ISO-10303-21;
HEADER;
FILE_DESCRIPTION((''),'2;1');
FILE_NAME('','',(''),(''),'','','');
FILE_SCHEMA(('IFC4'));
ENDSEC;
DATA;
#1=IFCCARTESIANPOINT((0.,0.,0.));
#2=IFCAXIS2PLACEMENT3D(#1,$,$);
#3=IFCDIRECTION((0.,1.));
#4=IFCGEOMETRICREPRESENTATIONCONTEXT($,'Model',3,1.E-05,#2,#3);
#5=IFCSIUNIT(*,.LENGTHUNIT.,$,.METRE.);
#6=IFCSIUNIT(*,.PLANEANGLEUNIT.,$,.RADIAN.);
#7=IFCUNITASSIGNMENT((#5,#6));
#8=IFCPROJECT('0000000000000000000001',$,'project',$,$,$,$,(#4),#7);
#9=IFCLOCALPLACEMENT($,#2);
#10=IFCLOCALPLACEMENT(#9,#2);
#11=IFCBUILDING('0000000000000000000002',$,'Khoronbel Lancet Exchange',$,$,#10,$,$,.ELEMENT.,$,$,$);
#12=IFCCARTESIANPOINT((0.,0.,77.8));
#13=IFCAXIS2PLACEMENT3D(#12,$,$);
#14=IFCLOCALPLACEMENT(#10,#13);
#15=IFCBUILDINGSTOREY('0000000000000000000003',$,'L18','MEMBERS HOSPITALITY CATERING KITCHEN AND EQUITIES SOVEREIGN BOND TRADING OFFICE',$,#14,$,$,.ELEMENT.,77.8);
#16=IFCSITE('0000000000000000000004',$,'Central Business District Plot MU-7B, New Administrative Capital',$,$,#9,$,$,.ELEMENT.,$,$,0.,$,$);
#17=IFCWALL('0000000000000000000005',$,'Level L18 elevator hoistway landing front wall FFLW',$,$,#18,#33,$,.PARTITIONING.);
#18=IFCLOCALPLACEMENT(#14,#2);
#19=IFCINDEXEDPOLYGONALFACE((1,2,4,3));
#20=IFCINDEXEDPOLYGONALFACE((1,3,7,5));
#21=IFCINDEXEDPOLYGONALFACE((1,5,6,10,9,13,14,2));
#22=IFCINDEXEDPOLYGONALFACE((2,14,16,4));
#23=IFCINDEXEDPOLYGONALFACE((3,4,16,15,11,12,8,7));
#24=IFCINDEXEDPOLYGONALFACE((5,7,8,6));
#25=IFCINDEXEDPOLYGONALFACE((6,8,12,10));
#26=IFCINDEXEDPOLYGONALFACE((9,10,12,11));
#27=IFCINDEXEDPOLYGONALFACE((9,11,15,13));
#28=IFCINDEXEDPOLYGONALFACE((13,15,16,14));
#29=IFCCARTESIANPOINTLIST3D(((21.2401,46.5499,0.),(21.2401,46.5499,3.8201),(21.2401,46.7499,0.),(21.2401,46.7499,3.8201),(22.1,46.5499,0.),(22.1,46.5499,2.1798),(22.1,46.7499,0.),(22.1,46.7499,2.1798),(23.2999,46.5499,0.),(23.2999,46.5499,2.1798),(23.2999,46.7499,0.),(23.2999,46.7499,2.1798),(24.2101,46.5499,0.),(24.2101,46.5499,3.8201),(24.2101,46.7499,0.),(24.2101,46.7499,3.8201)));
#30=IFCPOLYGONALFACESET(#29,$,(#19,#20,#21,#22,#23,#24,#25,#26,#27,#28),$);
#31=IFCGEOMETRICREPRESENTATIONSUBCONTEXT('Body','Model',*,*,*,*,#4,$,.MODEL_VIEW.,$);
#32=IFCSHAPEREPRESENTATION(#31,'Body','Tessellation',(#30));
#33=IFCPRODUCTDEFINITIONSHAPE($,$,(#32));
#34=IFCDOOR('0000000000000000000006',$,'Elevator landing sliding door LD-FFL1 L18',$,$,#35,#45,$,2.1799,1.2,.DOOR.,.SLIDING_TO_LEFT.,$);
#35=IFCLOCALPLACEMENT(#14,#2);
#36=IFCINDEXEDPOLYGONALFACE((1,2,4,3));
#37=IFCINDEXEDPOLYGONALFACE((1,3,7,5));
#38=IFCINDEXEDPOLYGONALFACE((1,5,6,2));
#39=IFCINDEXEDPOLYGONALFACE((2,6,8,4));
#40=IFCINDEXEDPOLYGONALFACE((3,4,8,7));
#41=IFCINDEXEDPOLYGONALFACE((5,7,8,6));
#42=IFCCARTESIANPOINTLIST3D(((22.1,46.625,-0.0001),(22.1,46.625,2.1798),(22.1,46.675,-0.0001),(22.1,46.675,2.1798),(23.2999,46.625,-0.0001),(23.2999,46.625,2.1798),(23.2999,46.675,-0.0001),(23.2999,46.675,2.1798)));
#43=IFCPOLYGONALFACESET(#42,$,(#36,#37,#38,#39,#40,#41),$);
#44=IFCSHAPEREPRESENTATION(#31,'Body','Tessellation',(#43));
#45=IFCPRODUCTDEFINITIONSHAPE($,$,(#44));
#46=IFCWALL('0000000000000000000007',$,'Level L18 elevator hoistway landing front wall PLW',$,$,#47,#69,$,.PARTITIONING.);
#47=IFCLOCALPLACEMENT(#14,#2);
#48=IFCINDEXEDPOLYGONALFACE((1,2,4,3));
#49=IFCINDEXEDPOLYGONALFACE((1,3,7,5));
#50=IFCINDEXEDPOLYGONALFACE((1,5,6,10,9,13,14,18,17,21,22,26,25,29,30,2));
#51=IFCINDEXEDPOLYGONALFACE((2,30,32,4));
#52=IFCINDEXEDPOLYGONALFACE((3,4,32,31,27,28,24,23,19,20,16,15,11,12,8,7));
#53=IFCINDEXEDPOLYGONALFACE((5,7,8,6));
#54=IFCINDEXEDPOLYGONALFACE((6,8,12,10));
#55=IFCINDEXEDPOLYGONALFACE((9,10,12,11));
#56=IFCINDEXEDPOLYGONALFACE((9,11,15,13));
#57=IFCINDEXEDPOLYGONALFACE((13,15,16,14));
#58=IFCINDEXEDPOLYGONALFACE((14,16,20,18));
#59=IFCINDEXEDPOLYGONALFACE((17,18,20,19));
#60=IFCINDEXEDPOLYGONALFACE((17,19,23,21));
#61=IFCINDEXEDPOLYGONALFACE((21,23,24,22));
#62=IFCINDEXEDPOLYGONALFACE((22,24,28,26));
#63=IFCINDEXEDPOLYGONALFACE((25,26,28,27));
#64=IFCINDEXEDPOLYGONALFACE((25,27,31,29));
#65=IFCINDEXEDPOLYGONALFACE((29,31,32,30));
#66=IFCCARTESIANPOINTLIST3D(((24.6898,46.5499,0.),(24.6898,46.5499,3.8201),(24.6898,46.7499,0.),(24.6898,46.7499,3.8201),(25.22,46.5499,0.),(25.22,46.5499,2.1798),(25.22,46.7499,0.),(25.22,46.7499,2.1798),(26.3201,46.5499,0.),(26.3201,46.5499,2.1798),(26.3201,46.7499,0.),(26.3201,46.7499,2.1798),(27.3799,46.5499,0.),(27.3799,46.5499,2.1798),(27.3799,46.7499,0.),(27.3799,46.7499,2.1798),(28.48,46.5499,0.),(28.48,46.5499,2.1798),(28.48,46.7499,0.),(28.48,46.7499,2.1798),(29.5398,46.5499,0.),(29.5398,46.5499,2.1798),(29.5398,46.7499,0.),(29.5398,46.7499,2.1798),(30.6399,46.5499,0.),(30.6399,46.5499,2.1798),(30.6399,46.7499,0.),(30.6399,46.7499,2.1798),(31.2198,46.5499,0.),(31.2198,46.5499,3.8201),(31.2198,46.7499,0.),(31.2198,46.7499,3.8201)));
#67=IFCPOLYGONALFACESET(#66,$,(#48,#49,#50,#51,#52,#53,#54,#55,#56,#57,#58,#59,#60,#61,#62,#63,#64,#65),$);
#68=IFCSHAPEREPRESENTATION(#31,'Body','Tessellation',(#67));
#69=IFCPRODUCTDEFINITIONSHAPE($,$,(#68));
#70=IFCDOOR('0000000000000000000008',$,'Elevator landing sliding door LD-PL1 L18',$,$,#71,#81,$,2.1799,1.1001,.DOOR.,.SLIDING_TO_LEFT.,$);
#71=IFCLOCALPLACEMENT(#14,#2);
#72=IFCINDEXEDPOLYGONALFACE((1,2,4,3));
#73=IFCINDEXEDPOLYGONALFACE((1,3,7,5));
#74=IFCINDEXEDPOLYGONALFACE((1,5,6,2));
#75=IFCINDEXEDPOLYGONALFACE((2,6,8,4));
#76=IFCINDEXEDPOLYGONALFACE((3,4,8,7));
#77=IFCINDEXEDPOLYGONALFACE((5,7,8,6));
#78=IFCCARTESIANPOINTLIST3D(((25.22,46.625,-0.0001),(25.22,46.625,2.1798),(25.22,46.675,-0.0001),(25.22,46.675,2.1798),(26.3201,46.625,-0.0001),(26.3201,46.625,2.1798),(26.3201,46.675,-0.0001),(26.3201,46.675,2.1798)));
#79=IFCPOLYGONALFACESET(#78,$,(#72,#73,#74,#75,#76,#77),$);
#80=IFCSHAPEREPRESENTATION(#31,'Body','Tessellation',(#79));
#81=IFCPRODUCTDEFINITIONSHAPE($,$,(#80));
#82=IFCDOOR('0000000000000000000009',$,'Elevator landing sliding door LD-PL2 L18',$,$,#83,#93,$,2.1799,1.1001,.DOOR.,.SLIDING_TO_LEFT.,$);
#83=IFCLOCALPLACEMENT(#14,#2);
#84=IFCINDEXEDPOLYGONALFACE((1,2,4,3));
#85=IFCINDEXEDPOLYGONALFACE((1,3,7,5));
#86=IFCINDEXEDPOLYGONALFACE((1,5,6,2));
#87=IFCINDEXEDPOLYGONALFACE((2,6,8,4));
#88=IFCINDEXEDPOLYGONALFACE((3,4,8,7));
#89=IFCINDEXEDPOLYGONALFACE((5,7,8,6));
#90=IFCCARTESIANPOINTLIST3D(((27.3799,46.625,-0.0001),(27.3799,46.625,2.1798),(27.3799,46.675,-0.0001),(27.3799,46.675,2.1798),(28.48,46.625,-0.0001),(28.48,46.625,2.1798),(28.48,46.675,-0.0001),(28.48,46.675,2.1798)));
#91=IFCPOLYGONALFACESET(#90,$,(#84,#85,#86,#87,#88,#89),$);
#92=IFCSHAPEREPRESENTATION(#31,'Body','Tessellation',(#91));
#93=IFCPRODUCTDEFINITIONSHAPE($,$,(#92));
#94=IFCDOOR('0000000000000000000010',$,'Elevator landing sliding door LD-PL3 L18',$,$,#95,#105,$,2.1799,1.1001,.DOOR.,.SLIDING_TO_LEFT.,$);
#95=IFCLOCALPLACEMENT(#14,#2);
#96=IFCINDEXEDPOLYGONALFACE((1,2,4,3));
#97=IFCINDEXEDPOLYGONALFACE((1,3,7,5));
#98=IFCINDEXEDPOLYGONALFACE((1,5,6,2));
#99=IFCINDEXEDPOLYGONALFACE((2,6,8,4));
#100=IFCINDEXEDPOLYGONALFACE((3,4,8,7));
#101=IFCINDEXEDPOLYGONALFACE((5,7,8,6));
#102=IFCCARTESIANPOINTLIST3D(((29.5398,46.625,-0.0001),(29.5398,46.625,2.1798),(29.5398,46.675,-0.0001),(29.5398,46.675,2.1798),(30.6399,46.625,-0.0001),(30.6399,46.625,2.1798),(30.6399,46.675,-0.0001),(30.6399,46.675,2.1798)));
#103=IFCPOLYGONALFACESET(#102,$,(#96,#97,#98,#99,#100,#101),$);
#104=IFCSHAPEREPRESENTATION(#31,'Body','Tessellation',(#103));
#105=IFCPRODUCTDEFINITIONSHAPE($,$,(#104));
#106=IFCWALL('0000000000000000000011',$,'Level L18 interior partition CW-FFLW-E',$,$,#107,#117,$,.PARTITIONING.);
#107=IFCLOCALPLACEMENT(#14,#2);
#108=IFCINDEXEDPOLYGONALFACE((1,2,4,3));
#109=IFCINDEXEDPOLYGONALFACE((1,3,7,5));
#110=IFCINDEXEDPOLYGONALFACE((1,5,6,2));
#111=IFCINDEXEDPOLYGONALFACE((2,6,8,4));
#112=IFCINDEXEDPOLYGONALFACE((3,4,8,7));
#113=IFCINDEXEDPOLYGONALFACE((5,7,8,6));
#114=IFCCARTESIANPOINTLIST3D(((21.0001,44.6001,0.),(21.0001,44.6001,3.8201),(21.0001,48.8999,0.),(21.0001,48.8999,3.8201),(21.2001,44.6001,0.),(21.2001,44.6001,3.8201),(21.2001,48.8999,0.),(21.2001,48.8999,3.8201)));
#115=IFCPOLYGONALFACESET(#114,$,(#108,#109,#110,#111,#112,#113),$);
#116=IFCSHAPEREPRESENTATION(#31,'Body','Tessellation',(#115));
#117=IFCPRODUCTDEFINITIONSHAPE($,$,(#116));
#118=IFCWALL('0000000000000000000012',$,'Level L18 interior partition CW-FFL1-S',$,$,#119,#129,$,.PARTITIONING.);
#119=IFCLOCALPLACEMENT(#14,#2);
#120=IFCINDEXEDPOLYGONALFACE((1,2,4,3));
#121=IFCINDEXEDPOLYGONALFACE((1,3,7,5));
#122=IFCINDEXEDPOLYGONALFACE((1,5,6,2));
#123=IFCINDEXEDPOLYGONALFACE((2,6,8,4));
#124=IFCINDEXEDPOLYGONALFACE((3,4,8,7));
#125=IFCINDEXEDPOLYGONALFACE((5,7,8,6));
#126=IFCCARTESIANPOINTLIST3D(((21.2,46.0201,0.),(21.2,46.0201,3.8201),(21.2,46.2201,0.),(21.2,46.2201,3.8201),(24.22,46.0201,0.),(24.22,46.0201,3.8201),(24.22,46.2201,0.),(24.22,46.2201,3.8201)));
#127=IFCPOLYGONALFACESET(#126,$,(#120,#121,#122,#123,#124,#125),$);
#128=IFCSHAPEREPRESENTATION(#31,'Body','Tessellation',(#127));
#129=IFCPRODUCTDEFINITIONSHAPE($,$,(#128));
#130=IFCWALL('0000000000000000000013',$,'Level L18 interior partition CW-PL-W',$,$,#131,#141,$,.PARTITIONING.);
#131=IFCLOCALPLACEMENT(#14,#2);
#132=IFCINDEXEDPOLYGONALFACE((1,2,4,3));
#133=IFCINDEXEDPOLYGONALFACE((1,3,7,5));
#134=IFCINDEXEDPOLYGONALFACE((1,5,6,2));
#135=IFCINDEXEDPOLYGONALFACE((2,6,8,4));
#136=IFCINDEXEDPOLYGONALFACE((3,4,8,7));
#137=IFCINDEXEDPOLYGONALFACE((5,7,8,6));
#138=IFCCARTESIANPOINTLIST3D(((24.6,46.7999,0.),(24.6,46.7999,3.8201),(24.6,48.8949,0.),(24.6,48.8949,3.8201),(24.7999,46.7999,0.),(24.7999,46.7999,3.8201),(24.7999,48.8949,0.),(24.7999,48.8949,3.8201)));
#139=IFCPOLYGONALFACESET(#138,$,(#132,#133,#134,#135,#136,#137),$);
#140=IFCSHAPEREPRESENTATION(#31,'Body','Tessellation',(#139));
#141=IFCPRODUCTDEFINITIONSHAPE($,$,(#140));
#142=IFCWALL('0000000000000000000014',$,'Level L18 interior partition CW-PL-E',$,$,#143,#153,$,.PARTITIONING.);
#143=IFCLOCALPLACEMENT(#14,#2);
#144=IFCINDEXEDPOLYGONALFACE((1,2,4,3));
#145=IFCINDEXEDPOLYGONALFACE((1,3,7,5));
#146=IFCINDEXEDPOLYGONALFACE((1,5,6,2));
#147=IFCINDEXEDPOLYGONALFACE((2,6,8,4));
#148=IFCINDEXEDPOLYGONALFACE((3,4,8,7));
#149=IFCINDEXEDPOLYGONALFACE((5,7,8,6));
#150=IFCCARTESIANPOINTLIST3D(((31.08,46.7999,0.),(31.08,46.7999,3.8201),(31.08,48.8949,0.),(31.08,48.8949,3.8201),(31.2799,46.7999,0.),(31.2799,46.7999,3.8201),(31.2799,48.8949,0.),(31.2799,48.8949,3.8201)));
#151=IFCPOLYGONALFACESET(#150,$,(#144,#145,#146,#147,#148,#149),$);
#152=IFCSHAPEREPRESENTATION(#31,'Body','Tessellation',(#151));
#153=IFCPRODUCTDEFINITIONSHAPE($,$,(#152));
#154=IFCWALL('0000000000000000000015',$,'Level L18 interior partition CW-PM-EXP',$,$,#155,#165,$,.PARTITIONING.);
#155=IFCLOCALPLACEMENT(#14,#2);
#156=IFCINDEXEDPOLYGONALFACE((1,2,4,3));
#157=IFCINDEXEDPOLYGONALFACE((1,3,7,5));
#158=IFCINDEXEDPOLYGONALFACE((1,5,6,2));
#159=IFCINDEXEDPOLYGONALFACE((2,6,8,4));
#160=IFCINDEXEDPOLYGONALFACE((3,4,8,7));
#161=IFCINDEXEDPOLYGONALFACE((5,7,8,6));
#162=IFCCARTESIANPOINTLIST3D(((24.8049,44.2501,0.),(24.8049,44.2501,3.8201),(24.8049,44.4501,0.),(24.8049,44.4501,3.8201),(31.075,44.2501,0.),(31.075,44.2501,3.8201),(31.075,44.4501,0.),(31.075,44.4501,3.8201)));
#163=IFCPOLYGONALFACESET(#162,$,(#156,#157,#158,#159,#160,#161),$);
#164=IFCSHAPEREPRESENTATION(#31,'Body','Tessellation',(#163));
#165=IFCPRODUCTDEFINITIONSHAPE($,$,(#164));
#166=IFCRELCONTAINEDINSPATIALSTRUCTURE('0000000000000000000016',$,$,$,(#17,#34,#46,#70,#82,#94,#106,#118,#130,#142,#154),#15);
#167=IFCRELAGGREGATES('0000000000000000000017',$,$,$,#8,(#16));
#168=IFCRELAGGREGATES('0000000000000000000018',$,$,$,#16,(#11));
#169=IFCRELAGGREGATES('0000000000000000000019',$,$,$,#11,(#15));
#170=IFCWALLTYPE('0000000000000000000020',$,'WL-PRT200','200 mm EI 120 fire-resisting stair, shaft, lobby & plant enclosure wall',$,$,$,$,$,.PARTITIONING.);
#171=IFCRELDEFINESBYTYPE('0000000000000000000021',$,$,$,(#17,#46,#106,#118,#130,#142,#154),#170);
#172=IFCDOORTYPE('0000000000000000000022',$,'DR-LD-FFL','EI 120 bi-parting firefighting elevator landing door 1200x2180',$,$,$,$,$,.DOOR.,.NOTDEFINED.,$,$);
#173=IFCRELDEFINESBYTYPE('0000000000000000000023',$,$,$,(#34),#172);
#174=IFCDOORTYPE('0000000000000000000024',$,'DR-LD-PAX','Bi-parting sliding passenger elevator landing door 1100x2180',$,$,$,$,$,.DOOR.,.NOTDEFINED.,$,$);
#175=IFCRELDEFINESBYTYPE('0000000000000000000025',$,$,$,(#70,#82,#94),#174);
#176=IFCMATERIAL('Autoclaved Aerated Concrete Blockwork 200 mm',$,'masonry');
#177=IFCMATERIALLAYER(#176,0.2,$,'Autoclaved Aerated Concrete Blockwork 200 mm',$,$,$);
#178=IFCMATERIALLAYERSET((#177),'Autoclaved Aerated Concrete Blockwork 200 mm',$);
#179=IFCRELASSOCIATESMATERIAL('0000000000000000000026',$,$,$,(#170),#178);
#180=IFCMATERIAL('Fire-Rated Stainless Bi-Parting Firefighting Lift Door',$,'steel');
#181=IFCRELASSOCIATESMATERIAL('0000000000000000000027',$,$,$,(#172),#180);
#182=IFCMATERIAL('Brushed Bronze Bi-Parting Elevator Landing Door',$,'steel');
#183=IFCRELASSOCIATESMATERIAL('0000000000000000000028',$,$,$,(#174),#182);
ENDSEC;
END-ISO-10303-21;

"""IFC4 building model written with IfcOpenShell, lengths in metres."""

from ifc_helpers import new_model, si_unit, direction, frame, frame_2d, origin, place, context, subcontext, project, spatial, rectangle, extrude, material, layer, layer_set, type_object, element, fill, save


model = new_model("IFC4")

# Units and contexts
model_context = context("Model", 3, precision=1e-05, world=origin(), true_north=direction((0.0, 1.0)))
body_context = subcontext(model_context, "Body", "Model", "MODEL_VIEW")
ifc_project = project(units=[si_unit("LENGTHUNIT", "METRE"), si_unit("PLANEANGLEUNIT", "RADIAN")], contexts=[model_context])

# Site, building, storey
site_placement = place(None, origin())
site = spatial("IfcSite", under=ifc_project, at=site_placement, Name="Central Business District Plot MU-7B, New Administrative Capital", CompositionType="ELEMENT", RefElevation=0.0)
building_placement = place(site_placement, origin())
building = spatial("IfcBuilding", under=site, at=building_placement, Name="Khoronbel Lancet Exchange", CompositionType="ELEMENT")
storey_placement = place(building_placement, frame((0.0, 0.0, 77.8)))
storey = spatial("IfcBuildingStorey", under=building, at=storey_placement, Name="L18", Description="MEMBERS HOSPITALITY CATERING KITCHEN AND EQUITIES SOVEREIGN BOND TRADING OFFICE", CompositionType="ELEMENT", Elevation=77.8)

# Wall, opening, door
ifc_material_1 = material(Name="Autoclaved Aerated Concrete Blockwork 200 mm", Category="masonry")
ifc_layer_1 = layer(ifc_material_1, 0.2, Name="Autoclaved Aerated Concrete Blockwork 200 mm")
ifc_layer_set_1 = layer_set([ifc_layer_1], Name="Autoclaved Aerated Concrete Blockwork 200 mm")
wall_type_1 = type_object("IfcWallType", Name="WL-PRT200", Description="200 mm EI 120 fire-resisting stair, shaft, lobby & plant enclosure wall", PredefinedType="PARTITIONING", material=ifc_layer_set_1)
wall_1_placement = place(storey_placement, frame((24.21, 46.6499, 0.0), z_axis=(0.0, 0.0, 1.0), x_axis=(-1.0, 0.0, 0.0)))
wall_1 = element("IfcWall", 1, at=wall_1_placement, inside=storey, type_object=wall_type_1, Name="Level L18 elevator hoistway landing front wall FFLW", PredefinedType="PARTITIONING", context=body_context, shape_type="SweptSolid", body=[
    extrude(rectangle(XDim=2.97, YDim=0.2, at=frame_2d((1.4849, 0.0))), origin(), (0.0, 0.0, 1.0), 3.8201),
])
opening_1_placement = place(wall_1_placement, frame((0.9099, 0.0, 0.0)))
opening_1 = element("IfcOpeningElement", 2, at=opening_1_placement, cuts=wall_1, PredefinedType="OPENING", context=body_context, shape_type="SweptSolid", body=[
    extrude(rectangle(XDim=1.2, YDim=2.1799, at=frame_2d((0.6001, 1.0898))), frame((0.0, 0.1099, 0.0), z_axis=(0.0, -1.0, 0.0), x_axis=(1.0, 0.0, 0.0)), (0.0, 0.0, 1.0), 0.22),
])
ifc_material_2 = material(Name="Fire-Rated Stainless Bi-Parting Firefighting Lift Door", Category="steel")
door_type_1 = type_object("IfcDoorType", Name="DR-LD-FFL", Description="EI 120 bi-parting firefighting elevator landing door 1200x2180", OperationType="NOTDEFINED", PredefinedType="DOOR", material=ifc_material_2)
door_1_placement = place(opening_1_placement, origin())
door_1 = element("IfcDoor", 3, at=door_1_placement, inside=storey, type_object=door_type_1, Name="Elevator landing sliding door LD-FFL1 L18", OperationType="SLIDING_TO_LEFT", OverallHeight=2.1799, OverallWidth=1.2, PredefinedType="DOOR", context=body_context, shape_type="SweptSolid", body=[
    extrude(rectangle(XDim=1.2, YDim=2.1799, at=frame_2d((0.6001, 1.0898))), frame((0.0, 0.0249, 0.0), z_axis=(0.0, -1.0, 0.0), x_axis=(1.0, 0.0, 0.0)), (0.0, 0.0, 1.0), 0.05),
])
fill(opening_1, door_1)

# Wall, openings, doors
wall_2_placement = place(storey_placement, frame((31.22, 46.6499, 0.0), z_axis=(0.0, 0.0, 1.0), x_axis=(-1.0, 0.0, 0.0)))
wall_2 = element("IfcWall", 4, at=wall_2_placement, inside=storey, type_object=wall_type_1, Name="Level L18 elevator hoistway landing front wall PLW", PredefinedType="PARTITIONING", context=body_context, shape_type="SweptSolid", body=[
    extrude(rectangle(XDim=6.53, YDim=0.2, at=frame_2d((3.2651, 0.0))), origin(), (0.0, 0.0, 1.0), 3.8201),
])
opening_2_placement = place(wall_2_placement, frame((4.8999, 0.0, 0.0)))
opening_2 = element("IfcOpeningElement", 5, at=opening_2_placement, cuts=wall_2, PredefinedType="OPENING", context=body_context, shape_type="SweptSolid", body=[
    extrude(rectangle(XDim=1.1001, YDim=2.1799, at=frame_2d((0.55, 1.0898))), frame((0.0, 0.1099, 0.0), z_axis=(0.0, -1.0, 0.0), x_axis=(1.0, 0.0, 0.0)), (0.0, 0.0, 1.0), 0.22),
])
opening_3_placement = place(wall_2_placement, frame((2.74, 0.0, 0.0)))
opening_3 = element("IfcOpeningElement", 6, at=opening_3_placement, cuts=wall_2, PredefinedType="OPENING", context=body_context, shape_type="SweptSolid", body=[
    extrude(rectangle(XDim=1.1001, YDim=2.1799, at=frame_2d((0.55, 1.0898))), frame((0.0, 0.1099, 0.0), z_axis=(0.0, -1.0, 0.0), x_axis=(1.0, 0.0, 0.0)), (0.0, 0.0, 1.0), 0.22),
])
opening_4_placement = place(wall_2_placement, frame((0.5801, 0.0, 0.0)))
opening_4 = element("IfcOpeningElement", 7, at=opening_4_placement, cuts=wall_2, PredefinedType="OPENING", context=body_context, shape_type="SweptSolid", body=[
    extrude(rectangle(XDim=1.1001, YDim=2.1799, at=frame_2d((0.55, 1.0898))), frame((0.0, 0.1099, 0.0), z_axis=(0.0, -1.0, 0.0), x_axis=(1.0, 0.0, 0.0)), (0.0, 0.0, 1.0), 0.22),
])
ifc_material_3 = material(Name="Brushed Bronze Bi-Parting Elevator Landing Door", Category="steel")
door_type_2 = type_object("IfcDoorType", Name="DR-LD-PAX", Description="Bi-parting sliding passenger elevator landing door 1100x2180", OperationType="NOTDEFINED", PredefinedType="DOOR", material=ifc_material_3)
door_2_placement = place(opening_2_placement, origin())
door_2 = element("IfcDoor", 8, at=door_2_placement, inside=storey, type_object=door_type_2, Name="Elevator landing sliding door LD-PL1 L18", OperationType="SLIDING_TO_LEFT", OverallHeight=2.1799, OverallWidth=1.1001, PredefinedType="DOOR", context=body_context, shape_type="SweptSolid", body=[
    extrude(rectangle(XDim=1.1001, YDim=2.1799, at=frame_2d((0.55, 1.0898))), frame((0.0, 0.0249, 0.0), z_axis=(0.0, -1.0, 0.0), x_axis=(1.0, 0.0, 0.0)), (0.0, 0.0, 1.0), 0.05),
])
fill(opening_2, door_2)
door_3_placement = place(opening_3_placement, origin())
door_3 = element("IfcDoor", 9, at=door_3_placement, inside=storey, type_object=door_type_2, Name="Elevator landing sliding door LD-PL2 L18", OperationType="SLIDING_TO_LEFT", OverallHeight=2.1799, OverallWidth=1.1001, PredefinedType="DOOR", context=body_context, shape_type="SweptSolid", body=[
    extrude(rectangle(XDim=1.1001, YDim=2.1799, at=frame_2d((0.55, 1.0898))), frame((0.0, 0.0249, 0.0), z_axis=(0.0, -1.0, 0.0), x_axis=(1.0, 0.0, 0.0)), (0.0, 0.0, 1.0), 0.05),
])
fill(opening_3, door_3)
door_4_placement = place(opening_4_placement, origin())
door_4 = element("IfcDoor", 10, at=door_4_placement, inside=storey, type_object=door_type_2, Name="Elevator landing sliding door LD-PL3 L18", OperationType="SLIDING_TO_LEFT", OverallHeight=2.1799, OverallWidth=1.1001, PredefinedType="DOOR", context=body_context, shape_type="SweptSolid", body=[
    extrude(rectangle(XDim=1.1001, YDim=2.1799, at=frame_2d((0.55, 1.0898))), frame((0.0, 0.0249, 0.0), z_axis=(0.0, -1.0, 0.0), x_axis=(1.0, 0.0, 0.0)), (0.0, 0.0, 1.0), 0.05),
])
fill(opening_4, door_4)

# Walls
wall_3_placement = place(storey_placement, frame((21.1001, 44.6001, 0.0), z_axis=(0.0, 0.0, 1.0), x_axis=(0.0, 1.0, 0.0)))
element("IfcWall", 11, at=wall_3_placement, inside=storey, type_object=wall_type_1, Name="Level L18 interior partition CW-FFLW-E", PredefinedType="PARTITIONING", context=body_context, shape_type="SweptSolid", body=[
    extrude(rectangle(XDim=4.2998, YDim=0.2, at=frame_2d((2.1499, 0.0))), origin(), (0.0, 0.0, 1.0), 3.8201),
])
wall_4_placement = place(storey_placement, frame((21.2, 46.1201, 0.0), z_axis=(0.0, 0.0, 1.0), x_axis=(1.0, 0.0, 0.0)))
element("IfcWall", 12, at=wall_4_placement, inside=storey, type_object=wall_type_1, Name="Level L18 interior partition CW-FFL1-S", PredefinedType="PARTITIONING", context=body_context, shape_type="SweptSolid", body=[
    extrude(rectangle(XDim=3.02, YDim=0.2, at=frame_2d((1.51, 0.0))), origin(), (0.0, 0.0, 1.0), 3.8201),
])
for number, where, z_axis, x_axis, name in (
    (13, (24.7, 46.8, 0.0), (0.0, 0.0, 1.0), (0.0, 1.0, 0.0), "Level L18 interior partition CW-PL-W"),
    (14, (31.1799, 46.8, 0.0), (0.0, 0.0, 1.0), (0.0, 1.0, 0.0), "Level L18 interior partition CW-PL-E"),
):
    element("IfcWall", number, at=place(storey_placement, frame(where, z_axis=z_axis, x_axis=x_axis)), inside=storey, type_object=wall_type_1, Name=name, PredefinedType="PARTITIONING", context=body_context, shape_type="SweptSolid", body=[
        extrude(rectangle(XDim=2.095, YDim=0.2, at=frame_2d((1.0474, 0.0))), origin(), (0.0, 0.0, 1.0), 3.8201),
    ])
wall_5_placement = place(storey_placement, frame((24.8049, 44.3501, 0.0), z_axis=(0.0, 0.0, 1.0), x_axis=(1.0, 0.0, 0.0)))
element("IfcWall", 15, at=wall_5_placement, inside=storey, type_object=wall_type_1, Name="Level L18 interior partition CW-PM-EXP", PredefinedType="PARTITIONING", context=body_context, shape_type="SweptSolid", body=[
    extrude(rectangle(XDim=6.27, YDim=0.2, at=frame_2d((3.135, 0.0))), origin(), (0.0, 0.0, 1.0), 3.8201),
])

save(model, "model.ifc")
